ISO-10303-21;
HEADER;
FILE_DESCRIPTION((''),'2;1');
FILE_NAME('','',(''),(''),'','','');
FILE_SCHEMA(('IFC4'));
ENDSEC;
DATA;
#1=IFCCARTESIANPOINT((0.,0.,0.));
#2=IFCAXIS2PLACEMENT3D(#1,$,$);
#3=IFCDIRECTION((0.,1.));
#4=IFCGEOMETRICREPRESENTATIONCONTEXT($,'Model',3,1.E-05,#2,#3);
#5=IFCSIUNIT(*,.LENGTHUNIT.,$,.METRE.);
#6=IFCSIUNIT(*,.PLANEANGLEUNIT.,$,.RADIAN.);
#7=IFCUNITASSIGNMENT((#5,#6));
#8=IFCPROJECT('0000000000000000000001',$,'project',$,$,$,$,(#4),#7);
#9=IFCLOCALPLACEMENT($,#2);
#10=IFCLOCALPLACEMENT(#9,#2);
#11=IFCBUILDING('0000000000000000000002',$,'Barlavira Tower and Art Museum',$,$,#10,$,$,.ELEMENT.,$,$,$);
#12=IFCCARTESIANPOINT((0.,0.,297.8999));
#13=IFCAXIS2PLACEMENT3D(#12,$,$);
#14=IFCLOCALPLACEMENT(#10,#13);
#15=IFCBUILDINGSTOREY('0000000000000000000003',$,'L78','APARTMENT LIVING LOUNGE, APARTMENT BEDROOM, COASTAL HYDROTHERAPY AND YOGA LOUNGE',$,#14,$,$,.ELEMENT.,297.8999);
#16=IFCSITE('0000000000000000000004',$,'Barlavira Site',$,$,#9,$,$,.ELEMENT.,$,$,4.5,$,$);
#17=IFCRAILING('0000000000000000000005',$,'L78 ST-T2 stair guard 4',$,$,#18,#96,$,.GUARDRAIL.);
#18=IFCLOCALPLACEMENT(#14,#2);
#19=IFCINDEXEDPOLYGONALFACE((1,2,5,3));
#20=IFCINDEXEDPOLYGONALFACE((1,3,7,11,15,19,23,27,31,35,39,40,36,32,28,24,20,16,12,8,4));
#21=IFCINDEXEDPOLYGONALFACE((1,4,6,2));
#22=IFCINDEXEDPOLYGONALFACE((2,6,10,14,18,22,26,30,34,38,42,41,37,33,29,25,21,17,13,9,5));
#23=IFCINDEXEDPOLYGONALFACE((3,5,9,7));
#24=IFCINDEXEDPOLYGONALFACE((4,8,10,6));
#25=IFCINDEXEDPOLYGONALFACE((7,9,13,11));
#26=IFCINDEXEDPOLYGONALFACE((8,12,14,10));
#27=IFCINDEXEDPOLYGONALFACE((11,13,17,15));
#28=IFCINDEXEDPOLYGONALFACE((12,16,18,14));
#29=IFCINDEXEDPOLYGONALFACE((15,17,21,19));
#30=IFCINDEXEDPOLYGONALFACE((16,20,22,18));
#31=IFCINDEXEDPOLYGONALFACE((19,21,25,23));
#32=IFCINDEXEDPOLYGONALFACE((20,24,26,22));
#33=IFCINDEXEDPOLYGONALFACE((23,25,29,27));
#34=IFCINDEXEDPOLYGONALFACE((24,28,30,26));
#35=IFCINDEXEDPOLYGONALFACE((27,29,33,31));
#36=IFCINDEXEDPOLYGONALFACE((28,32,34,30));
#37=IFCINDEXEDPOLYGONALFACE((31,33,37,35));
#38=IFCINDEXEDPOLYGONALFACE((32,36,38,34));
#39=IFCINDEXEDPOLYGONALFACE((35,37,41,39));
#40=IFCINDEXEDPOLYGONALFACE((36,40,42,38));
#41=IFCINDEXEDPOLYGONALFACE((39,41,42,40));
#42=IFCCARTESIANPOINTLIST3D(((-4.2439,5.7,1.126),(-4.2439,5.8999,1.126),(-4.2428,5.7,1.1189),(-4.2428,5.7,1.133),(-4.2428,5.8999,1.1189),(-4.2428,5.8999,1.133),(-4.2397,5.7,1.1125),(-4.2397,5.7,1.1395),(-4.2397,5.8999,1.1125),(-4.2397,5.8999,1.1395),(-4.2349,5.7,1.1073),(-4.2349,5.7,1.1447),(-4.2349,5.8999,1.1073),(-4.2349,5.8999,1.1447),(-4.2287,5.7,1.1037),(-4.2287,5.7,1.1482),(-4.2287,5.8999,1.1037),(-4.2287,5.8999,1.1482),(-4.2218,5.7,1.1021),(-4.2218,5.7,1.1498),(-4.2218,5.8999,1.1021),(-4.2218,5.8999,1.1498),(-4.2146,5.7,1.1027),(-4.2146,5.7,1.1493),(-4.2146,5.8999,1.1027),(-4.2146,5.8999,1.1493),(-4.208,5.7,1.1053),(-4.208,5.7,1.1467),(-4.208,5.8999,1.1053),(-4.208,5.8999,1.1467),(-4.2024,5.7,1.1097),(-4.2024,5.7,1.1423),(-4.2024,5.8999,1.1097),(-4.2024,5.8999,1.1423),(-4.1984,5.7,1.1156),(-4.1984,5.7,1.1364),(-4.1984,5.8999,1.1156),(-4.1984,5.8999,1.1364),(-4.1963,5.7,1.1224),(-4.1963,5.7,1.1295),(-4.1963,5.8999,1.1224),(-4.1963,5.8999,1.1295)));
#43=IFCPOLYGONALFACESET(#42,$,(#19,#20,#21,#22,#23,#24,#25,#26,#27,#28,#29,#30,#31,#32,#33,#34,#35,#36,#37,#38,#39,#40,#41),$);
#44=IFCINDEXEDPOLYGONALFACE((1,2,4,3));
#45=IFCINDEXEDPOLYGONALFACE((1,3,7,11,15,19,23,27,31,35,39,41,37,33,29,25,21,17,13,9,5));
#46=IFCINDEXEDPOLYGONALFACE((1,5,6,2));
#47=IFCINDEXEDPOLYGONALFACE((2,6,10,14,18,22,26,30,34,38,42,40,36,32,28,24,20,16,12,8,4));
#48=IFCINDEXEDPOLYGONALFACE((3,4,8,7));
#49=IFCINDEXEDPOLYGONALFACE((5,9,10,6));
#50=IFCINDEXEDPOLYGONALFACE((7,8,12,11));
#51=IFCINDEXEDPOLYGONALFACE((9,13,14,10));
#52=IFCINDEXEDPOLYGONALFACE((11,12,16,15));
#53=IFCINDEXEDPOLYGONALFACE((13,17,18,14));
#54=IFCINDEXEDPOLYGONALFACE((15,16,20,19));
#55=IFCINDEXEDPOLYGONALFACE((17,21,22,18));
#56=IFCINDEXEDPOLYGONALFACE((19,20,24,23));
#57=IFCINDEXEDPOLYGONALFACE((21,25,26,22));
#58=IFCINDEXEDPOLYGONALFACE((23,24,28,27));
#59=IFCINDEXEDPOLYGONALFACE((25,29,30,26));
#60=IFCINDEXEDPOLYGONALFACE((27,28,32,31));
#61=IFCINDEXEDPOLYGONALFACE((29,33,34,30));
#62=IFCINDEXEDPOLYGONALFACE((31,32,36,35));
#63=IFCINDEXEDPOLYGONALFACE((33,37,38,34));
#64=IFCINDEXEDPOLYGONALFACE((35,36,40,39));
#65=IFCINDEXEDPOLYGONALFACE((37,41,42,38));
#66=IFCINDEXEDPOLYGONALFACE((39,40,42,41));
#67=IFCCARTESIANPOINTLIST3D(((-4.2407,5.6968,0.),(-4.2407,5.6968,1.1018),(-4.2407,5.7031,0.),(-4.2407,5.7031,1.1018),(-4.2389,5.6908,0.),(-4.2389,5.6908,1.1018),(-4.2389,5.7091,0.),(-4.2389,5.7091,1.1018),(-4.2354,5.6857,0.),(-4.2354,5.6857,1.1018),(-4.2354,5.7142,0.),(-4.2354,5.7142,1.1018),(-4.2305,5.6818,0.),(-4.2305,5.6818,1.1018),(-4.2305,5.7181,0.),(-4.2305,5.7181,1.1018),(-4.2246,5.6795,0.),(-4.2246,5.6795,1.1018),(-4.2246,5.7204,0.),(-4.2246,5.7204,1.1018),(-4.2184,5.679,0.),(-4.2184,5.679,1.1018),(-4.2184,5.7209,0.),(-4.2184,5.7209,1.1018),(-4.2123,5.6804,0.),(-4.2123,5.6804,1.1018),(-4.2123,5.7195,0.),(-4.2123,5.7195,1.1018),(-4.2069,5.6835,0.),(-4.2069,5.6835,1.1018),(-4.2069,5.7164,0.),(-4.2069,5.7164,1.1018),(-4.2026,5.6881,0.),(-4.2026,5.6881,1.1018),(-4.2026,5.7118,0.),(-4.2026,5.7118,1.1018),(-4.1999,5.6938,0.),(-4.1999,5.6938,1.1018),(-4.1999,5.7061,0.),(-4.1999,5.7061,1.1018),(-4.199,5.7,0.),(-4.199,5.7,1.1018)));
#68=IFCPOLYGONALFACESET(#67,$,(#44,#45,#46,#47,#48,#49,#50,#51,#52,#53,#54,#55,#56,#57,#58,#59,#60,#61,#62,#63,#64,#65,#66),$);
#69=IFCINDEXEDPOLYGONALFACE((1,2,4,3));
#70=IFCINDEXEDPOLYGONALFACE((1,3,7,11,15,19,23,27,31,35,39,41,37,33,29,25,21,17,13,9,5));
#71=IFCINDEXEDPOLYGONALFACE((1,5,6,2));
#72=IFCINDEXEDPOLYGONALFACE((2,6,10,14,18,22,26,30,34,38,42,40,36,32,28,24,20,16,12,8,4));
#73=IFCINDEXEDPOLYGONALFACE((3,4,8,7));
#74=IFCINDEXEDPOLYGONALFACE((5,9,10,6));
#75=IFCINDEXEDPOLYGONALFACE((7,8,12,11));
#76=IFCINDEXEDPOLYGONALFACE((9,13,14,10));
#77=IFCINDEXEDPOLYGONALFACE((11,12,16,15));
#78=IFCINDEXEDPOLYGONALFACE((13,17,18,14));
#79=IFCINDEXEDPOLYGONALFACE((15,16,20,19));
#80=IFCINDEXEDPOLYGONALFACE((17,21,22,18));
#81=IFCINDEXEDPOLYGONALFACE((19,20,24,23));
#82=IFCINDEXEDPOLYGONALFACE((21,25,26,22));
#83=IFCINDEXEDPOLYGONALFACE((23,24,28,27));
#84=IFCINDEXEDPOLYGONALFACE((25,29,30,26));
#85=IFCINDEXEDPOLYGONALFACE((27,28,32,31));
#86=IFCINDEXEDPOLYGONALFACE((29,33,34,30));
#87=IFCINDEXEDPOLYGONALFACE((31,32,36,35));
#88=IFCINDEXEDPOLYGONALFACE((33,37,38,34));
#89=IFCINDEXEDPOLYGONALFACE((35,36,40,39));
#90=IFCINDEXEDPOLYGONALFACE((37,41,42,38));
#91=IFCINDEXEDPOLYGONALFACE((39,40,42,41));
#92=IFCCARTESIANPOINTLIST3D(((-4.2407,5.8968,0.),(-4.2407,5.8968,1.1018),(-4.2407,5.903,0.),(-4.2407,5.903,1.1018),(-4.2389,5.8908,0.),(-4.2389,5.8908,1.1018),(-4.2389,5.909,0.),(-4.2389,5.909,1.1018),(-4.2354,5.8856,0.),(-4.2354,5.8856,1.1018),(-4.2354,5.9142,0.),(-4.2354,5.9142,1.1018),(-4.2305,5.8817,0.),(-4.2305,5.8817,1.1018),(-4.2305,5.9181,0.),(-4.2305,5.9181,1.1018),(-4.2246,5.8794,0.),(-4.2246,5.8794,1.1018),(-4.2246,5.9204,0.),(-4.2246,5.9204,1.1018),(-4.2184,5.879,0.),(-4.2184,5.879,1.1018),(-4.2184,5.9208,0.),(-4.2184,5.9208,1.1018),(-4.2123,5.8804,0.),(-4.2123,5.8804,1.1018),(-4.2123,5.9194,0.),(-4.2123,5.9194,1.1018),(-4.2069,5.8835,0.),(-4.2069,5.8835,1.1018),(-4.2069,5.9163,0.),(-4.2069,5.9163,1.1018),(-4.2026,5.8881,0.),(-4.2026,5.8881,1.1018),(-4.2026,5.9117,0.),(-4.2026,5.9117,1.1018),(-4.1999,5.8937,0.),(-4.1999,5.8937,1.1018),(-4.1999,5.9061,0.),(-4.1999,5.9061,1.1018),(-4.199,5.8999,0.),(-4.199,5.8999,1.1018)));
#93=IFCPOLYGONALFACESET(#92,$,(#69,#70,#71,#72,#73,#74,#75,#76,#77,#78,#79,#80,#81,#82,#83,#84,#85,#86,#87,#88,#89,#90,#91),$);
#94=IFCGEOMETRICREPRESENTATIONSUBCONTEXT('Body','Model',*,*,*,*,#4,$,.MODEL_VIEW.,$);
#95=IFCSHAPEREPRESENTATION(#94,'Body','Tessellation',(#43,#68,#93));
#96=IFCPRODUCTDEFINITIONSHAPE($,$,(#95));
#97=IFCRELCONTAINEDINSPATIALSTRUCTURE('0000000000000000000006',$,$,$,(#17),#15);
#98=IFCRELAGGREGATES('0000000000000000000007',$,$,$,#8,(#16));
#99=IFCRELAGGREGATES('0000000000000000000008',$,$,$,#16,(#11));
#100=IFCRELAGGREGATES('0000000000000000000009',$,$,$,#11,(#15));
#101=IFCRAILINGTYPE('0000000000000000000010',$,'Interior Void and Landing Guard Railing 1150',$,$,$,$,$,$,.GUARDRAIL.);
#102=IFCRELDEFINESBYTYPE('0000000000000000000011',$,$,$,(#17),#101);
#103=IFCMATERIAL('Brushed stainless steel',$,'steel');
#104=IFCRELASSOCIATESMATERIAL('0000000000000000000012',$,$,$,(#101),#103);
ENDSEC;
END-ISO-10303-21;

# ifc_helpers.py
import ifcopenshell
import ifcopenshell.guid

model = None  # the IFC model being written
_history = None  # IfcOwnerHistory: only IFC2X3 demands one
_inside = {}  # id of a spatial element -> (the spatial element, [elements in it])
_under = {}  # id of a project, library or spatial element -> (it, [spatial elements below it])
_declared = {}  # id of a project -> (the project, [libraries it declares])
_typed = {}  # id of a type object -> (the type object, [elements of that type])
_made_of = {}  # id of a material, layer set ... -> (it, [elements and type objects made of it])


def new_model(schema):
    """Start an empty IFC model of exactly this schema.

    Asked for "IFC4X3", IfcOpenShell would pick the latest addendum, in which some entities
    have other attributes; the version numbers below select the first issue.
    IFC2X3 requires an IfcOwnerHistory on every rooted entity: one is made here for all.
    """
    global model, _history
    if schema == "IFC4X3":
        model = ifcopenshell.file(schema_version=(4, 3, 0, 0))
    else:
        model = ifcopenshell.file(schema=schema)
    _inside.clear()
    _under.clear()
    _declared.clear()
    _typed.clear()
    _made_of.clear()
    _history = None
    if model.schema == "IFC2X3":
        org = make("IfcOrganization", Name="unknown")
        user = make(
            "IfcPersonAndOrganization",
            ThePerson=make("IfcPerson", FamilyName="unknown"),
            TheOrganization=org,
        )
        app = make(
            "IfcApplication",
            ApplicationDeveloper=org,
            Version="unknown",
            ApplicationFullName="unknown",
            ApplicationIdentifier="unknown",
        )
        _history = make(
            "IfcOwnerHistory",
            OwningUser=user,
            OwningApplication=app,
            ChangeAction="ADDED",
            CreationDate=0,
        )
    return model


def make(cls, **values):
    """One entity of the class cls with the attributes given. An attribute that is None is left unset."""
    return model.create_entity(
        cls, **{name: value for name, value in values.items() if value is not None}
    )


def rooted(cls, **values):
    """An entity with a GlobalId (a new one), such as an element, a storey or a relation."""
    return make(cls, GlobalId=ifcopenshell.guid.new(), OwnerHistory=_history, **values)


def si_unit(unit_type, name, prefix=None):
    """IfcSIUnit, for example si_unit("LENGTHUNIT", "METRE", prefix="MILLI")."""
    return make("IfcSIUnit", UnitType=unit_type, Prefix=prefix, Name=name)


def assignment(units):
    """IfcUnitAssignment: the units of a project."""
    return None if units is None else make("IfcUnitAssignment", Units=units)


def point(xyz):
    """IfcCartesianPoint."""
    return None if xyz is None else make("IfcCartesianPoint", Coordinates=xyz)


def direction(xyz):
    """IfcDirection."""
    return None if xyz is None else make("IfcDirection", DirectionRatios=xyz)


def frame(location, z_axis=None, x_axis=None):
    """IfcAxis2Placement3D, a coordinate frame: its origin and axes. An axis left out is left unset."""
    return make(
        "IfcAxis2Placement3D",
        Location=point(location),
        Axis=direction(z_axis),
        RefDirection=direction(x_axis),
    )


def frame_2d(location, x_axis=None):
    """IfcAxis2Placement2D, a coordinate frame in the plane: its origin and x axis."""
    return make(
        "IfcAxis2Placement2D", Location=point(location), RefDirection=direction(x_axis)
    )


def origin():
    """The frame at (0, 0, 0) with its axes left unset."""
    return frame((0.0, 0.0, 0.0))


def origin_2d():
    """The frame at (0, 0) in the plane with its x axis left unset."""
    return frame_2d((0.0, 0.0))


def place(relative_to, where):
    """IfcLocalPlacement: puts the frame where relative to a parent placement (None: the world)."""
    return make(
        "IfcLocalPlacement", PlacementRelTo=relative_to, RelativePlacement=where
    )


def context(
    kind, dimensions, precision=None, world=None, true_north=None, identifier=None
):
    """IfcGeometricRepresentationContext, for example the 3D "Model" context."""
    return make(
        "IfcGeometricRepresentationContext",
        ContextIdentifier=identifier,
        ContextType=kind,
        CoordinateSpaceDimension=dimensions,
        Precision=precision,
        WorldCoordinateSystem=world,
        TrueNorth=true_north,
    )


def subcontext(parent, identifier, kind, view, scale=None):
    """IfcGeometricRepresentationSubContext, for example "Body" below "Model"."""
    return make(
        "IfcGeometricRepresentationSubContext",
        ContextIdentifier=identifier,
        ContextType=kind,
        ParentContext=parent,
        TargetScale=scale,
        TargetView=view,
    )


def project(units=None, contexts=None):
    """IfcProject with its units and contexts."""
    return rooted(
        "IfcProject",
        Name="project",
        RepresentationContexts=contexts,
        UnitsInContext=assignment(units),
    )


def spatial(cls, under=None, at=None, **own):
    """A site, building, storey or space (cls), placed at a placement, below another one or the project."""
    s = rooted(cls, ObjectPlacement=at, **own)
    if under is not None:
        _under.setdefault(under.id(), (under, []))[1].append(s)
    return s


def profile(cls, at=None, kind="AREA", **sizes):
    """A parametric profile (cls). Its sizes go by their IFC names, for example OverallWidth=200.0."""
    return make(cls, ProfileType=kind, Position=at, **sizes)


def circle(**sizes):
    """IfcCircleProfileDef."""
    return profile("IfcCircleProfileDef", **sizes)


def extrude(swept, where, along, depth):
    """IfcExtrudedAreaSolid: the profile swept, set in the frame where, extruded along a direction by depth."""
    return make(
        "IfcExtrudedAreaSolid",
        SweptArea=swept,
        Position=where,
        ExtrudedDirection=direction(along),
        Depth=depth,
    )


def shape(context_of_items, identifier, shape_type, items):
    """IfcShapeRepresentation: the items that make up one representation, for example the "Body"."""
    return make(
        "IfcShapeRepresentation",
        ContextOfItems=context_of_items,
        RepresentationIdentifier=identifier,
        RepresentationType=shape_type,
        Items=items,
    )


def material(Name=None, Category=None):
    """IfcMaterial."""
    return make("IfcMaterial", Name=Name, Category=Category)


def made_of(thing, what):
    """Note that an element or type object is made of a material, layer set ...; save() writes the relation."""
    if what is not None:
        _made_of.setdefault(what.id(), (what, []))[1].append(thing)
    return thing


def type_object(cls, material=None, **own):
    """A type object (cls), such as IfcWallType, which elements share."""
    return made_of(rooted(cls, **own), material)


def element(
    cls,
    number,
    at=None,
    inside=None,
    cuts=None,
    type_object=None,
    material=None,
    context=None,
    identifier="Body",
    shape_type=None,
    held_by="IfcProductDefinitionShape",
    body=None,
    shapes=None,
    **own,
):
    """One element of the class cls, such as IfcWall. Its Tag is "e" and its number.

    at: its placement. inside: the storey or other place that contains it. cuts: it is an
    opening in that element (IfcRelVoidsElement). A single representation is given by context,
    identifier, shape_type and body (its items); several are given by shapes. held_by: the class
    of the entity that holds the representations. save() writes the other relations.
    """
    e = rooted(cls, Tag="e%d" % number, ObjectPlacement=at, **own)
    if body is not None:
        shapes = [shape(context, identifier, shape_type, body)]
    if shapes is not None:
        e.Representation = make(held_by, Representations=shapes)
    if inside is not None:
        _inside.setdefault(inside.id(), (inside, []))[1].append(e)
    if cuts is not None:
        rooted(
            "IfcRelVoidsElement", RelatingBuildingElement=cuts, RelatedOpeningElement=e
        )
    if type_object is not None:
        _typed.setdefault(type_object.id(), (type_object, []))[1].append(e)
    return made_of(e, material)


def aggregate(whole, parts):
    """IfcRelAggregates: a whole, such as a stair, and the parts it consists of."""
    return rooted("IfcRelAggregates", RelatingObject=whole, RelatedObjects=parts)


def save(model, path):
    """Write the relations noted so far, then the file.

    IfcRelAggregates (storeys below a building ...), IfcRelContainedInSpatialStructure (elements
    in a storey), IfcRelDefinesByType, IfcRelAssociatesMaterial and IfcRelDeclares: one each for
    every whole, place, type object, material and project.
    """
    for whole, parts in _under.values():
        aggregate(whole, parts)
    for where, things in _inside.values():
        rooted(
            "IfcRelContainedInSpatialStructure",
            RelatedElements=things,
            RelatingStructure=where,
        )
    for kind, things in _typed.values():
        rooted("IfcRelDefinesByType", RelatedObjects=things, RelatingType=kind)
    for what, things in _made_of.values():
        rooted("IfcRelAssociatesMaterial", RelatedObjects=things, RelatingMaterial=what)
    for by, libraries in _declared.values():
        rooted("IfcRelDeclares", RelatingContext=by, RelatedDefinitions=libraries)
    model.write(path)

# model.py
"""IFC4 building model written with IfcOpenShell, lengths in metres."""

from ifc_helpers import new_model, si_unit, direction, frame, origin, origin_2d, place, context, subcontext, project, spatial, circle, extrude, material, type_object, element, save


model = new_model("IFC4")

# Units and contexts
model_context = context("Model", 3, precision=1e-05, world=origin(), true_north=direction((0.0, 1.0)))
body_context = subcontext(model_context, "Body", "Model", "MODEL_VIEW")
ifc_project = project(units=[si_unit("LENGTHUNIT", "METRE"), si_unit("PLANEANGLEUNIT", "RADIAN")], contexts=[model_context])

# Site, building, storey
site_placement = place(None, origin())
site = spatial("IfcSite", under=ifc_project, at=site_placement, Name="Barlavira Site", CompositionType="ELEMENT", RefElevation=4.5)
building_placement = place(site_placement, origin())
building = spatial("IfcBuilding", under=site, at=building_placement, Name="Barlavira Tower and Art Museum", CompositionType="ELEMENT")
storey_placement = place(building_placement, frame((0.0, 0.0, 297.8999)))
storey = spatial("IfcBuildingStorey", under=building, at=storey_placement, Name="L78", Description="APARTMENT LIVING LOUNGE, APARTMENT BEDROOM, COASTAL HYDROTHERAPY AND YOGA LOUNGE", CompositionType="ELEMENT", Elevation=297.8999)

# Shared definitions
ifc_material_1 = material(Name="Brushed stainless steel", Category="steel")

# Railing
railing_type_1 = type_object("IfcRailingType", Name="Interior Void and Landing Guard Railing 1150", PredefinedType="GUARDRAIL", material=ifc_material_1)
railing_1_placement = place(storey_placement, frame((-4.22, 5.7, 0.0)))
element("IfcRailing", 1, at=railing_1_placement, inside=storey, type_object=railing_type_1, Name="L78 ST-T2 stair guard 4", PredefinedType="GUARDRAIL", context=body_context, shape_type="SweptSolid", body=[
    extrude(circle(Radius=0.0239, at=origin_2d()), frame((0.0, 0.0, 1.126), z_axis=(0.0, 1.0, 0.0), x_axis=(-1.0, 0.0, 0.0)), (0.0, 0.0, 1.0), 0.2),
    extrude(circle(Radius=0.021, at=origin_2d()), origin(), (0.0, 0.0, 1.0), 1.1018),
    extrude(circle(Radius=0.021, at=origin_2d()), frame((0.0, 0.2, 0.0)), (0.0, 0.0, 1.0), 1.1018),
])

save(model, "model.ifc")
